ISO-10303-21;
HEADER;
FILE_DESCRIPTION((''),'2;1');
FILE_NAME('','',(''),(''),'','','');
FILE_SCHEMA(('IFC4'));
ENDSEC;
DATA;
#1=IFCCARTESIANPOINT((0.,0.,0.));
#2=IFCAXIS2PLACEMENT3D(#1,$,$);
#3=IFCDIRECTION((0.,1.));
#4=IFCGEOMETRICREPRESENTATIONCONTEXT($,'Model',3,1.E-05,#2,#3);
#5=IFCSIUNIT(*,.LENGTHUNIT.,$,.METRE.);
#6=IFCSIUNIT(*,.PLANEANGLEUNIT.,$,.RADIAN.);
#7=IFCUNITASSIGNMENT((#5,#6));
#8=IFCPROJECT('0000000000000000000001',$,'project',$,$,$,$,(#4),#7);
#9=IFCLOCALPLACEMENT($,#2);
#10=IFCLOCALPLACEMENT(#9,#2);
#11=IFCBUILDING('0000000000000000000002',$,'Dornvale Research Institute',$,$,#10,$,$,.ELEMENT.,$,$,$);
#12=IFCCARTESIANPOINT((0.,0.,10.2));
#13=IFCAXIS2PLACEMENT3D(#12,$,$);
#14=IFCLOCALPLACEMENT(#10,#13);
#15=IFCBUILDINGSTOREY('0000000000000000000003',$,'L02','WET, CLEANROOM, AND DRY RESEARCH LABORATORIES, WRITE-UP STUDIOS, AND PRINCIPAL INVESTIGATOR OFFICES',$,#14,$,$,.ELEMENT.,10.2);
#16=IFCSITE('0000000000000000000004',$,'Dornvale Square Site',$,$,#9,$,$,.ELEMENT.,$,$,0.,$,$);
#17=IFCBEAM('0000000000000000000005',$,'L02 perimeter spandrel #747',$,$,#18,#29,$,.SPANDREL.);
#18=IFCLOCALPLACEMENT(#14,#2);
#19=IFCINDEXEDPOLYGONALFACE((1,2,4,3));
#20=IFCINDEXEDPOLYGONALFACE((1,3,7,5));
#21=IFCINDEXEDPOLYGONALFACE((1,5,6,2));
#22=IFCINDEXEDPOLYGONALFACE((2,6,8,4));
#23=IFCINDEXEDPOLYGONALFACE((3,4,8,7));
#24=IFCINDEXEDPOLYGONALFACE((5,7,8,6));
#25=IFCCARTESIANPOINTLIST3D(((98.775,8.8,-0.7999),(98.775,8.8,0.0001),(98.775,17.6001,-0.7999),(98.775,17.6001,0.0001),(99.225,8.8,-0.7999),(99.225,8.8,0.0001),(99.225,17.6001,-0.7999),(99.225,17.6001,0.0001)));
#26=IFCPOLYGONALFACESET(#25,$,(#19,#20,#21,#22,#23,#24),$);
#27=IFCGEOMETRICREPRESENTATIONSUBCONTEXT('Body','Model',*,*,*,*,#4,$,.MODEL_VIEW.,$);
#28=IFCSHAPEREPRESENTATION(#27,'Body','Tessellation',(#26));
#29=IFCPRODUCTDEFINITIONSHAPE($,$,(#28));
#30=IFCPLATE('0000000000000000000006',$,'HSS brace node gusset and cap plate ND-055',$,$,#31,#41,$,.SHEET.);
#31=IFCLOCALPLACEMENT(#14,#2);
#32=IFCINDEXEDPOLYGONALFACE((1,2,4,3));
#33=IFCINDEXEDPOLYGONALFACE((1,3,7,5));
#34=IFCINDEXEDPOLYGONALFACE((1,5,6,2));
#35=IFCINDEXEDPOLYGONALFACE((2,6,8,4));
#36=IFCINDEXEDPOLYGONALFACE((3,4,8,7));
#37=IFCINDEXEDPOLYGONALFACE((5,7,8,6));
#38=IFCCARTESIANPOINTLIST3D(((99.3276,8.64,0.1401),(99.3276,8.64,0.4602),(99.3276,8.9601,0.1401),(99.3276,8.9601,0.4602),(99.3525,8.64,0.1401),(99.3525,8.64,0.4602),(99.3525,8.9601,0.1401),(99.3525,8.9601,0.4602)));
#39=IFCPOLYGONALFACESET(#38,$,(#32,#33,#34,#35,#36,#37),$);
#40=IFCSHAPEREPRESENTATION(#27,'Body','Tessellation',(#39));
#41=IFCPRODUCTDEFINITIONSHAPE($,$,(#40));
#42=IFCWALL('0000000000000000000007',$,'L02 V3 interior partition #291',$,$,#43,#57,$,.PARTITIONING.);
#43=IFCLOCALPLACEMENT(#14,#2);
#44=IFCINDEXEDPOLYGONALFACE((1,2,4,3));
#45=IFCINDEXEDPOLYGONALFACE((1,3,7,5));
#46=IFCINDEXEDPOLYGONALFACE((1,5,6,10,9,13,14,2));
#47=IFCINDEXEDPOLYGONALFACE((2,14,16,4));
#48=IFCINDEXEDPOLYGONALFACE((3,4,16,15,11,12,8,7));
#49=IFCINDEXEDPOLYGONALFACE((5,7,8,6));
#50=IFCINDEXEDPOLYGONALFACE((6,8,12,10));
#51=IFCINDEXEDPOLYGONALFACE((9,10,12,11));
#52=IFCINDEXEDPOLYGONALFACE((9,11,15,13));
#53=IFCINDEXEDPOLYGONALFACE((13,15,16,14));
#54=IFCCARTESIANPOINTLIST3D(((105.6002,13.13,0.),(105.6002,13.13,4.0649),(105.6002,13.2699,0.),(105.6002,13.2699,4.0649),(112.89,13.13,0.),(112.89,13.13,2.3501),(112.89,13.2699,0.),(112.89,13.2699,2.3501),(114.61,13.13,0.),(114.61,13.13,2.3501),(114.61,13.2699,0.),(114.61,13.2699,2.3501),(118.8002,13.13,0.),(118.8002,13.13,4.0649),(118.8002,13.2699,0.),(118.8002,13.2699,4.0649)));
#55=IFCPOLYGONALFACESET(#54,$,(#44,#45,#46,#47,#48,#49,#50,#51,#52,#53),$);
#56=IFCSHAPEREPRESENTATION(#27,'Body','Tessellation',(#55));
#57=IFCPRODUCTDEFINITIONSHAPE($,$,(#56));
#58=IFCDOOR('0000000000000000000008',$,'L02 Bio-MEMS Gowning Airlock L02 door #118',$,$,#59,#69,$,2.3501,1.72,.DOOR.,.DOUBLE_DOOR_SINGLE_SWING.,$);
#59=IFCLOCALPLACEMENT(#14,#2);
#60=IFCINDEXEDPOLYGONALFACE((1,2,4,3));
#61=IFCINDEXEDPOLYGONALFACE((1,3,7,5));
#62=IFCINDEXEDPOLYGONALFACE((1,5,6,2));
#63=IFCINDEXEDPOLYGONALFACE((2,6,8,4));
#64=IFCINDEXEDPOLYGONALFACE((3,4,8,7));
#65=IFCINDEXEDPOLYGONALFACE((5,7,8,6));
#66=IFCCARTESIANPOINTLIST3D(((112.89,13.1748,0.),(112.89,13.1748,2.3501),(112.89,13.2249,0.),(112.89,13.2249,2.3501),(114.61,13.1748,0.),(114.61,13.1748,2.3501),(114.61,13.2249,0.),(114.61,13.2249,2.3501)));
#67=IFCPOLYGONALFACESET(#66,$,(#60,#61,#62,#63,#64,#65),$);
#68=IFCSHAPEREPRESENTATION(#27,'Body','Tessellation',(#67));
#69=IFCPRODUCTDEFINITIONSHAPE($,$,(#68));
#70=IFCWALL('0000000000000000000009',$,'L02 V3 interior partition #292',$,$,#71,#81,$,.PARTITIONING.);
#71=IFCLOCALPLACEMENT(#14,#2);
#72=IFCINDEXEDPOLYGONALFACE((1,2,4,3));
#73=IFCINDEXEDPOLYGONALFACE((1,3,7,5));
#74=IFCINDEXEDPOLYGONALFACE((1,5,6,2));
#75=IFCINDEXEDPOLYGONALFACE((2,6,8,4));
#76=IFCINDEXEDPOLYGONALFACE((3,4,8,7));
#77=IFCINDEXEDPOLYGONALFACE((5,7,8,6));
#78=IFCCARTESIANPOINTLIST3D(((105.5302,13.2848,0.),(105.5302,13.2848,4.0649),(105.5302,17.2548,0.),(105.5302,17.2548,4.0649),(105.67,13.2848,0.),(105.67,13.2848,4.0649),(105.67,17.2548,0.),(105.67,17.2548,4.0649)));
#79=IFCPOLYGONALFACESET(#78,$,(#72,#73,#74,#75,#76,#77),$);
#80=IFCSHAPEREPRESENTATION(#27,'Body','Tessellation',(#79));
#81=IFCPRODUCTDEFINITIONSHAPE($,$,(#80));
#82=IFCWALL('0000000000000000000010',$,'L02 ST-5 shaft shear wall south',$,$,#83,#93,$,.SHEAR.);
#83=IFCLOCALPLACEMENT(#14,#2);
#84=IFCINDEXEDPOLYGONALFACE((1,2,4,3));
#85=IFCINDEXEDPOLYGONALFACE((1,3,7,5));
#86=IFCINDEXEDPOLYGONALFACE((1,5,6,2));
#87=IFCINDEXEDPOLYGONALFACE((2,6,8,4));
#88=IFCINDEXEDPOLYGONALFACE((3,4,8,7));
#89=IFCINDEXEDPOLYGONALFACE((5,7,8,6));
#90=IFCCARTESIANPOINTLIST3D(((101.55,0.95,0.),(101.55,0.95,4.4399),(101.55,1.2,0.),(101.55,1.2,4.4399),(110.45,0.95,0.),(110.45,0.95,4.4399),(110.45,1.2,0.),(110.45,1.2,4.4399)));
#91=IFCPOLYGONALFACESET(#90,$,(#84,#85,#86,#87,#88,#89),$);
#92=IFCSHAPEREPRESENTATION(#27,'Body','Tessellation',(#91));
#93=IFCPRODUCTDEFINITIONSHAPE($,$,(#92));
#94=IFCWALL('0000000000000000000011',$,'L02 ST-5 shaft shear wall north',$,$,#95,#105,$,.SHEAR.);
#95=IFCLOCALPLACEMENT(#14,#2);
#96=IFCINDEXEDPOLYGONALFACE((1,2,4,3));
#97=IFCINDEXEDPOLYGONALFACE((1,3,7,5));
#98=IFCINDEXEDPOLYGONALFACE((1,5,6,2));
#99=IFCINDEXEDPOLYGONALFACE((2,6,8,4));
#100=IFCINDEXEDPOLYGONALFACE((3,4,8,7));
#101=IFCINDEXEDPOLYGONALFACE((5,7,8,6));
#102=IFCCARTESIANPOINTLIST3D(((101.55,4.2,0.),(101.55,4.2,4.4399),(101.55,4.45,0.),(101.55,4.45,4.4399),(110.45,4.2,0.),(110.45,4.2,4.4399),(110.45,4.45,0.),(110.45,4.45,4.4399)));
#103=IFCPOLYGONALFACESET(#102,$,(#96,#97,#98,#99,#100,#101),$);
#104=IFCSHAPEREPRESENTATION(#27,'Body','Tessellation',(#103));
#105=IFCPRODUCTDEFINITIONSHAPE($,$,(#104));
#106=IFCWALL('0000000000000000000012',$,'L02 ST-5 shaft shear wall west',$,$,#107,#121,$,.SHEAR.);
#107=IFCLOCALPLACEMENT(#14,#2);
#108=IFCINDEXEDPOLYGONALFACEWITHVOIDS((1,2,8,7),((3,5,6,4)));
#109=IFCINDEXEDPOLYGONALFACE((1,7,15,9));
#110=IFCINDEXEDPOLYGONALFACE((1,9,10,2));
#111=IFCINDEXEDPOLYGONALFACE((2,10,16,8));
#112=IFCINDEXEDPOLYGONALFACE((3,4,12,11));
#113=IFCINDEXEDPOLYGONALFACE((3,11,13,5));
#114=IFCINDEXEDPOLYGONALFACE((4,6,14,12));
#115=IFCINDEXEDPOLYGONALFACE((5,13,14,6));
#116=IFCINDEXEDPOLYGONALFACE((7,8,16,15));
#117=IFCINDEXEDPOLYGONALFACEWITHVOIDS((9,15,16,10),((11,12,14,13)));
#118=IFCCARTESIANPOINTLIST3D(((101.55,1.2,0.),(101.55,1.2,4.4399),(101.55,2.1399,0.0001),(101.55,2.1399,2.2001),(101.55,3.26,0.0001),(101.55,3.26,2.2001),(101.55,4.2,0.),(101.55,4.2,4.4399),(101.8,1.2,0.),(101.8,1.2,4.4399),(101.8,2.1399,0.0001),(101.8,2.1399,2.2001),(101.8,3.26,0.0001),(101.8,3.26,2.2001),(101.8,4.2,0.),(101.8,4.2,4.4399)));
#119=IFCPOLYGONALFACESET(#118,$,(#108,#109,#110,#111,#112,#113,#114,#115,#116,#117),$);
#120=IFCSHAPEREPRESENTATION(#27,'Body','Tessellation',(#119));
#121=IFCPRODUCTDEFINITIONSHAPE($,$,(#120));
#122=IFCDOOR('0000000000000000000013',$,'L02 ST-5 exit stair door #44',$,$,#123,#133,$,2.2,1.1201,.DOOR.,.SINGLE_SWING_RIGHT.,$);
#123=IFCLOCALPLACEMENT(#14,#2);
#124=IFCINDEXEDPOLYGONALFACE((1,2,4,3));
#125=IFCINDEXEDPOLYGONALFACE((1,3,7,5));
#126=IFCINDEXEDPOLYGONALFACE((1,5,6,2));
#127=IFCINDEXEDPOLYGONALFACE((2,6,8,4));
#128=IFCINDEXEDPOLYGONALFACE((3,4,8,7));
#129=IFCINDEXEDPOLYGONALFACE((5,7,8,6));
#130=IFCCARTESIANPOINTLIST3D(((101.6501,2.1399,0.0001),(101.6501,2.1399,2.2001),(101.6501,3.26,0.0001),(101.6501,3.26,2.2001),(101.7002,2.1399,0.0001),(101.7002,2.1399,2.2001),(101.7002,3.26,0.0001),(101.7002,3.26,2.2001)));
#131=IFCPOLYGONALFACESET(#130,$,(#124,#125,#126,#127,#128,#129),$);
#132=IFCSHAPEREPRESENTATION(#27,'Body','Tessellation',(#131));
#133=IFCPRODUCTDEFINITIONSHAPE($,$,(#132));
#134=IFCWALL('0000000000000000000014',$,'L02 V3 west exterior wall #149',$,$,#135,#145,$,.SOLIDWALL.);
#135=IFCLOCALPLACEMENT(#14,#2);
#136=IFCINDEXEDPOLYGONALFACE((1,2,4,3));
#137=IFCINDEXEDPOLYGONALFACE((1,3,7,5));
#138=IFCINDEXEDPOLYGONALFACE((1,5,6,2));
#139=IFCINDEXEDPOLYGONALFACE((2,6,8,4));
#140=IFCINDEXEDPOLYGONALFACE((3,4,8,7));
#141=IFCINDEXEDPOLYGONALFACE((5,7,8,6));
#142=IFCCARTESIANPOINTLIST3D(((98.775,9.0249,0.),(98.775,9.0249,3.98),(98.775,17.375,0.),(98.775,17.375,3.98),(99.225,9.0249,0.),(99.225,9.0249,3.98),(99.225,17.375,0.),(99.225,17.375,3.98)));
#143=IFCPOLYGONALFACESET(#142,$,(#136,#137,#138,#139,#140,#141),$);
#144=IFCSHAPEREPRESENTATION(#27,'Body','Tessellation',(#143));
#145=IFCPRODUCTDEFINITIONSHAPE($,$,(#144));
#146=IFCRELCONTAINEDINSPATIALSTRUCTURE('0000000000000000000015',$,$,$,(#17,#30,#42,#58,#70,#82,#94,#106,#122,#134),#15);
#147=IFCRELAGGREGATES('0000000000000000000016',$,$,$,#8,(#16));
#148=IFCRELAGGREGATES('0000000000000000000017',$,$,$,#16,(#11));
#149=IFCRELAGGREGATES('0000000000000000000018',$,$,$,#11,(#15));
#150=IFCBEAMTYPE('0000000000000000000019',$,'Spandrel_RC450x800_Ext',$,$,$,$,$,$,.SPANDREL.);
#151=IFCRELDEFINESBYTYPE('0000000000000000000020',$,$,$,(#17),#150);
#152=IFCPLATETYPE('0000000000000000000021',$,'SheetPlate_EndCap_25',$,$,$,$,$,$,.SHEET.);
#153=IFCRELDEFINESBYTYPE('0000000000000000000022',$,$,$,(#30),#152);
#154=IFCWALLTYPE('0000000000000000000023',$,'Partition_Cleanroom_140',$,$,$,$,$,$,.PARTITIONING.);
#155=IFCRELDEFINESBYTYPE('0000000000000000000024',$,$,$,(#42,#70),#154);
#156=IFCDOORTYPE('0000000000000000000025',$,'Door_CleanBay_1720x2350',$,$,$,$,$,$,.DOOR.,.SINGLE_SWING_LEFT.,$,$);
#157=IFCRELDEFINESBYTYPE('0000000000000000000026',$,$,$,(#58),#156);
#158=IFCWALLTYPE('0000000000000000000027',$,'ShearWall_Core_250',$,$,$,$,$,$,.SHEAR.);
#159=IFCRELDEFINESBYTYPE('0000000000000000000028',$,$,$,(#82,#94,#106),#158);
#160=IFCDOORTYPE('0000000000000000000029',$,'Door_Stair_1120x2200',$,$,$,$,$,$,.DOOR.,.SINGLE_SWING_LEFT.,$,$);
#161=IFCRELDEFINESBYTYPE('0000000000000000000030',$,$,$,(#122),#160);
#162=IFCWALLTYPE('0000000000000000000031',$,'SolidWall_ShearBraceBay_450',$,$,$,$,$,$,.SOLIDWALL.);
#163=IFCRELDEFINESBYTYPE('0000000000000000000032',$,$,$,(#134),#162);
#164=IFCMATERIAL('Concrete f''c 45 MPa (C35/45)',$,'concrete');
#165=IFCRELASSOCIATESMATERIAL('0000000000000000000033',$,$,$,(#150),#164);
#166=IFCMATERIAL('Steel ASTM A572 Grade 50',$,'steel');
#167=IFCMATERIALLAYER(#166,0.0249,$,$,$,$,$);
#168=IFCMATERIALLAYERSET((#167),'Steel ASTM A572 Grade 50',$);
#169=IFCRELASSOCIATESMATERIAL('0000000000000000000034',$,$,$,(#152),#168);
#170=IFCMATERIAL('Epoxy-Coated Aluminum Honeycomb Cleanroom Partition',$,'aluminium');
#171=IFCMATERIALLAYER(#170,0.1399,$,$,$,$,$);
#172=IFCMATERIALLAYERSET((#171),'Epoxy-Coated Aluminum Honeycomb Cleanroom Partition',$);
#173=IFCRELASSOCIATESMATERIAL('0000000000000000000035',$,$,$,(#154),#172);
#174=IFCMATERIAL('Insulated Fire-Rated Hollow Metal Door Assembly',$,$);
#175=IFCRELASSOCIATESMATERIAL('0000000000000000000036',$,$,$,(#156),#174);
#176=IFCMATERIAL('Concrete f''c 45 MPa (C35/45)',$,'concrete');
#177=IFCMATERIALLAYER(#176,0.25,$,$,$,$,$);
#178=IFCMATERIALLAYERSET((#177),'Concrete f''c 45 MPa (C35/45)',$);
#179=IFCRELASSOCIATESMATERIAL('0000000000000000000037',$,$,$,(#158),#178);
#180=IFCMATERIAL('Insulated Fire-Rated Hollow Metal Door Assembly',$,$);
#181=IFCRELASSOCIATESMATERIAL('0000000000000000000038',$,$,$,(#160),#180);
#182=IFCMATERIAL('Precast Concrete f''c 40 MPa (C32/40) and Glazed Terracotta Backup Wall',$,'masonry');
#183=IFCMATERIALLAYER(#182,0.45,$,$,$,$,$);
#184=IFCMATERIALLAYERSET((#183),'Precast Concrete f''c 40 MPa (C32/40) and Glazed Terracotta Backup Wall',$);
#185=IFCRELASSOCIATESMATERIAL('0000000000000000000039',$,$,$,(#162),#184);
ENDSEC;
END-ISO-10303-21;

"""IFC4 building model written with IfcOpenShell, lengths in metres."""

from ifc_helpers import new_model, si_unit, direction, frame, frame_2d, origin, origin_2d, place, context, subcontext, project, spatial, rectangle, extrude, material, layer, layer_set, material_profile, profile_set, type_object, element, fill, save


model = new_model("IFC4")

# Units and contexts
model_context = context("Model", 3, precision=1e-05, world=origin(), true_north=direction((0.0, 1.0)))
body_context = subcontext(model_context, "Body", "Model", "MODEL_VIEW")
ifc_project = project(units=[si_unit("LENGTHUNIT", "METRE"), si_unit("PLANEANGLEUNIT", "RADIAN")], contexts=[model_context])

# Site, building, storey
site_placement = place(None, origin())
site = spatial("IfcSite", under=ifc_project, at=site_placement, Name="Dornvale Square Site", CompositionType="ELEMENT", RefElevation=0.0)
building_placement = place(site_placement, origin())
building = spatial("IfcBuilding", under=site, at=building_placement, Name="Dornvale Research Institute", CompositionType="ELEMENT")
storey_placement = place(building_placement, frame((0.0, 0.0, 10.2)))
storey = spatial("IfcBuildingStorey", under=building, at=storey_placement, Name="L02", Description="WET, CLEANROOM, AND DRY RESEARCH LABORATORIES, WRITE-UP STUDIOS, AND PRINCIPAL INVESTIGATOR OFFICES", CompositionType="ELEMENT", Elevation=10.2)

# Beam
ifc_material_1 = material(Name="Concrete f'c 45 MPa (C35/45)", Category="concrete")
ifc_material_profile_1 = material_profile(ifc_material_1, rectangle(XDim=0.45, YDim=0.8, at=origin_2d()), Name="RC 450x800")
ifc_profile_set_1 = profile_set([ifc_material_profile_1], Name="Concrete f'c 45 MPa (C35/45)")
beam_type_1 = type_object("IfcBeamType", Name="Spandrel_RC450x800_Ext", PredefinedType="SPANDREL", material=ifc_profile_set_1)
beam_1_placement = place(storey_placement, frame((99.0, 8.8, -0.3999), z_axis=(0.0, 1.0, 0.0), x_axis=(-1.0, 0.0, 0.0)))
element("IfcBeam", 1, at=beam_1_placement, inside=storey, type_object=beam_type_1, Name="L02 perimeter spandrel #747", PredefinedType="SPANDREL", context=body_context, shape_type="SweptSolid", body=[
    extrude(rectangle(XDim=0.45, YDim=0.8, at=origin_2d()), origin(), (0.0, 0.0, 1.0), 8.8),
])

# Plate
ifc_material_2 = material(Name="Steel ASTM A572 Grade 50", Category="steel")
ifc_layer_1 = layer(ifc_material_2, 0.0249)
ifc_layer_set_1 = layer_set([ifc_layer_1], Name="Steel ASTM A572 Grade 50")
plate_type = type_object("IfcPlateType", Name="SheetPlate_EndCap_25", PredefinedType="SHEET", material=ifc_layer_set_1)
plate_placement = place(storey_placement, frame((99.3401, 8.8, 0.1401), z_axis=(0.0, 0.0, 1.0), x_axis=(0.0, 1.0, 0.0)))
element("IfcPlate", 2, at=plate_placement, inside=storey, type_object=plate_type, Name="HSS brace node gusset and cap plate ND-055", PredefinedType="SHEET", context=body_context, shape_type="SweptSolid", body=[
    extrude(rectangle(XDim=0.3201, YDim=0.0249, at=origin_2d()), origin(), (0.0, 0.0, 1.0), 0.3201),
])

# Wall, opening, door
ifc_material_3 = material(Name="Epoxy-Coated Aluminum Honeycomb Cleanroom Partition", Category="aluminium")
ifc_layer_2 = layer(ifc_material_3, 0.1399)
ifc_layer_set_2 = layer_set([ifc_layer_2], Name="Epoxy-Coated Aluminum Honeycomb Cleanroom Partition")
wall_type_1 = type_object("IfcWallType", Name="Partition_Cleanroom_140", PredefinedType="PARTITIONING", material=ifc_layer_set_2)
wall_1_placement = place(storey_placement, frame((105.6001, 13.2, 0.0), z_axis=(0.0, 0.0, 1.0), x_axis=(1.0, 0.0, 0.0)))
wall_1 = element("IfcWall", 3, at=wall_1_placement, inside=storey, type_object=wall_type_1, Name="L02 V3 interior partition #291", PredefinedType="PARTITIONING", context=body_context, shape_type="SweptSolid", body=[
    extrude(rectangle(XDim=13.2, YDim=0.1399, at=frame_2d((6.6001, 0.0))), origin(), (0.0, 0.0, 1.0), 4.0649),
])
opening_1_placement = place(wall_1_placement, frame((7.29, 0.0, 0.0)))
opening_1 = element("IfcOpeningElement", 4, at=opening_1_placement, cuts=wall_1, PredefinedType="OPENING", context=body_context, shape_type="SweptSolid", body=[
    extrude(rectangle(XDim=1.72, YDim=2.3501, at=frame_2d((0.8599, 1.175))), frame((0.0, 0.085, 0.0), z_axis=(0.0, -1.0, 0.0), x_axis=(1.0, 0.0, 0.0)), (0.0, 0.0, 1.0), 0.1699),
])
ifc_material_4 = material(Name="Insulated Fire-Rated Hollow Metal Door Assembly")
door_type_1 = type_object("IfcDoorType", Name="Door_CleanBay_1720x2350", OperationType="SINGLE_SWING_LEFT", PredefinedType="DOOR", material=ifc_material_4)
door_1_placement = place(opening_1_placement, origin())
door_1 = element("IfcDoor", 5, at=door_1_placement, inside=storey, type_object=door_type_1, Name="L02 Bio-MEMS Gowning Airlock L02 door #118", OperationType="DOUBLE_DOOR_SINGLE_SWING", OverallHeight=2.3501, OverallWidth=1.72, PredefinedType="DOOR", context=body_context, shape_type="SweptSolid", body=[
    extrude(rectangle(XDim=1.72, YDim=2.3501, at=frame_2d((0.8599, 1.175))), frame((0.0, 0.0249, 0.0), z_axis=(0.0, -1.0, 0.0), x_axis=(1.0, 0.0, 0.0)), (0.0, 0.0, 1.0), 0.05),
])
fill(opening_1, door_1)

# Walls
wall_2_placement = place(storey_placement, frame((105.6001, 13.2849, 0.0), z_axis=(0.0, 0.0, 1.0), x_axis=(0.0, 1.0, 0.0)))
element("IfcWall", 6, at=wall_2_placement, inside=storey, type_object=wall_type_1, Name="L02 V3 interior partition #292", PredefinedType="PARTITIONING", context=body_context, shape_type="SweptSolid", body=[
    extrude(rectangle(XDim=3.97, YDim=0.1399, at=frame_2d((1.9849, 0.0))), origin(), (0.0, 0.0, 1.0), 4.0649),
])
ifc_material_5 = material(Name="Concrete f'c 45 MPa (C35/45)", Category="concrete")
ifc_layer_3 = layer(ifc_material_5, 0.25)
ifc_layer_set_3 = layer_set([ifc_layer_3], Name="Concrete f'c 45 MPa (C35/45)")
wall_type_2 = type_object("IfcWallType", Name="ShearWall_Core_250", PredefinedType="SHEAR", material=ifc_layer_set_3)
for number, where, z_axis, x_axis, name in (
    (7, (101.55, 1.075, 0.0), (0.0, 0.0, 1.0), (1.0, 0.0, 0.0), "L02 ST-5 shaft shear wall south"),
    (8, (101.55, 4.325, 0.0), (0.0, 0.0, 1.0), (1.0, 0.0, 0.0), "L02 ST-5 shaft shear wall north"),
):
    element("IfcWall", number, at=place(storey_placement, frame(where, z_axis=z_axis, x_axis=x_axis)), inside=storey, type_object=wall_type_2, Name=name, PredefinedType="SHEAR", context=body_context, shape_type="SweptSolid", body=[
        extrude(rectangle(XDim=8.8999, YDim=0.25, at=frame_2d((4.45, 0.0))), origin(), (0.0, 0.0, 1.0), 4.4399),
    ])

# Wall, opening, door
wall_3_placement = place(storey_placement, frame((101.675, 1.2, 0.0), z_axis=(0.0, 0.0, 1.0), x_axis=(0.0, 1.0, 0.0)))
wall_3 = element("IfcWall", 9, at=wall_3_placement, inside=storey, type_object=wall_type_2, Name="L02 ST-5 shaft shear wall west", PredefinedType="SHEAR", context=body_context, shape_type="SweptSolid", body=[
    extrude(rectangle(XDim=3.0, YDim=0.25, at=frame_2d((1.5, 0.0))), origin(), (0.0, 0.0, 1.0), 4.4399),
])
opening_2_placement = place(wall_3_placement, frame((0.9399, 0.0, 0.0)))
opening_2 = element("IfcOpeningElement", 10, at=opening_2_placement, cuts=wall_3, PredefinedType="OPENING", context=body_context, shape_type="SweptSolid", body=[
    extrude(rectangle(XDim=1.1201, YDim=2.2, at=frame_2d((0.5601, 1.1001))), frame((0.0, 0.1399, 0.0), z_axis=(0.0, -1.0, 0.0), x_axis=(1.0, 0.0, 0.0)), (0.0, 0.0, 1.0), 0.28),
])
ifc_material_6 = material(Name="Insulated Fire-Rated Hollow Metal Door Assembly")
door_type_2 = type_object("IfcDoorType", Name="Door_Stair_1120x2200", OperationType="SINGLE_SWING_LEFT", PredefinedType="DOOR", material=ifc_material_6)
door_2_placement = place(opening_2_placement, origin())
door_2 = element("IfcDoor", 11, at=door_2_placement, inside=storey, type_object=door_type_2, Name="L02 ST-5 exit stair door #44", OperationType="SINGLE_SWING_RIGHT", OverallHeight=2.2, OverallWidth=1.1201, PredefinedType="DOOR", context=body_context, shape_type="SweptSolid", body=[
    extrude(rectangle(XDim=1.1201, YDim=2.2, at=frame_2d((0.5601, 1.1001))), frame((0.0, 0.0249, 0.0), z_axis=(0.0, -1.0, 0.0), x_axis=(1.0, 0.0, 0.0)), (0.0, 0.0, 1.0), 0.05),
])
fill(opening_2, door_2)

# Wall
ifc_material_7 = material(Name="Precast Concrete f'c 40 MPa (C32/40) and Glazed Terracotta Backup Wall", Category="masonry")
ifc_layer_4 = layer(ifc_material_7, 0.45)
ifc_layer_set_4 = layer_set([ifc_layer_4], Name="Precast Concrete f'c 40 MPa (C32/40) and Glazed Terracotta Backup Wall")
wall_type_3 = type_object("IfcWallType", Name="SolidWall_ShearBraceBay_450", PredefinedType="SOLIDWALL", material=ifc_layer_set_4)
wall_4_placement = place(storey_placement, frame((99.0, 9.0249, 0.0), z_axis=(0.0, 0.0, 1.0), x_axis=(0.0, 1.0, 0.0)))
element("IfcWall", 12, at=wall_4_placement, inside=storey, type_object=wall_type_3, Name="L02 V3 west exterior wall #149", PredefinedType="SOLIDWALL", context=body_context, shape_type="SweptSolid", body=[
    extrude(rectangle(XDim=8.3501, YDim=0.45, at=frame_2d((4.175, 0.0))), origin(), (0.0, 0.0, 1.0), 3.98),
])

save(model, "model.ifc")
